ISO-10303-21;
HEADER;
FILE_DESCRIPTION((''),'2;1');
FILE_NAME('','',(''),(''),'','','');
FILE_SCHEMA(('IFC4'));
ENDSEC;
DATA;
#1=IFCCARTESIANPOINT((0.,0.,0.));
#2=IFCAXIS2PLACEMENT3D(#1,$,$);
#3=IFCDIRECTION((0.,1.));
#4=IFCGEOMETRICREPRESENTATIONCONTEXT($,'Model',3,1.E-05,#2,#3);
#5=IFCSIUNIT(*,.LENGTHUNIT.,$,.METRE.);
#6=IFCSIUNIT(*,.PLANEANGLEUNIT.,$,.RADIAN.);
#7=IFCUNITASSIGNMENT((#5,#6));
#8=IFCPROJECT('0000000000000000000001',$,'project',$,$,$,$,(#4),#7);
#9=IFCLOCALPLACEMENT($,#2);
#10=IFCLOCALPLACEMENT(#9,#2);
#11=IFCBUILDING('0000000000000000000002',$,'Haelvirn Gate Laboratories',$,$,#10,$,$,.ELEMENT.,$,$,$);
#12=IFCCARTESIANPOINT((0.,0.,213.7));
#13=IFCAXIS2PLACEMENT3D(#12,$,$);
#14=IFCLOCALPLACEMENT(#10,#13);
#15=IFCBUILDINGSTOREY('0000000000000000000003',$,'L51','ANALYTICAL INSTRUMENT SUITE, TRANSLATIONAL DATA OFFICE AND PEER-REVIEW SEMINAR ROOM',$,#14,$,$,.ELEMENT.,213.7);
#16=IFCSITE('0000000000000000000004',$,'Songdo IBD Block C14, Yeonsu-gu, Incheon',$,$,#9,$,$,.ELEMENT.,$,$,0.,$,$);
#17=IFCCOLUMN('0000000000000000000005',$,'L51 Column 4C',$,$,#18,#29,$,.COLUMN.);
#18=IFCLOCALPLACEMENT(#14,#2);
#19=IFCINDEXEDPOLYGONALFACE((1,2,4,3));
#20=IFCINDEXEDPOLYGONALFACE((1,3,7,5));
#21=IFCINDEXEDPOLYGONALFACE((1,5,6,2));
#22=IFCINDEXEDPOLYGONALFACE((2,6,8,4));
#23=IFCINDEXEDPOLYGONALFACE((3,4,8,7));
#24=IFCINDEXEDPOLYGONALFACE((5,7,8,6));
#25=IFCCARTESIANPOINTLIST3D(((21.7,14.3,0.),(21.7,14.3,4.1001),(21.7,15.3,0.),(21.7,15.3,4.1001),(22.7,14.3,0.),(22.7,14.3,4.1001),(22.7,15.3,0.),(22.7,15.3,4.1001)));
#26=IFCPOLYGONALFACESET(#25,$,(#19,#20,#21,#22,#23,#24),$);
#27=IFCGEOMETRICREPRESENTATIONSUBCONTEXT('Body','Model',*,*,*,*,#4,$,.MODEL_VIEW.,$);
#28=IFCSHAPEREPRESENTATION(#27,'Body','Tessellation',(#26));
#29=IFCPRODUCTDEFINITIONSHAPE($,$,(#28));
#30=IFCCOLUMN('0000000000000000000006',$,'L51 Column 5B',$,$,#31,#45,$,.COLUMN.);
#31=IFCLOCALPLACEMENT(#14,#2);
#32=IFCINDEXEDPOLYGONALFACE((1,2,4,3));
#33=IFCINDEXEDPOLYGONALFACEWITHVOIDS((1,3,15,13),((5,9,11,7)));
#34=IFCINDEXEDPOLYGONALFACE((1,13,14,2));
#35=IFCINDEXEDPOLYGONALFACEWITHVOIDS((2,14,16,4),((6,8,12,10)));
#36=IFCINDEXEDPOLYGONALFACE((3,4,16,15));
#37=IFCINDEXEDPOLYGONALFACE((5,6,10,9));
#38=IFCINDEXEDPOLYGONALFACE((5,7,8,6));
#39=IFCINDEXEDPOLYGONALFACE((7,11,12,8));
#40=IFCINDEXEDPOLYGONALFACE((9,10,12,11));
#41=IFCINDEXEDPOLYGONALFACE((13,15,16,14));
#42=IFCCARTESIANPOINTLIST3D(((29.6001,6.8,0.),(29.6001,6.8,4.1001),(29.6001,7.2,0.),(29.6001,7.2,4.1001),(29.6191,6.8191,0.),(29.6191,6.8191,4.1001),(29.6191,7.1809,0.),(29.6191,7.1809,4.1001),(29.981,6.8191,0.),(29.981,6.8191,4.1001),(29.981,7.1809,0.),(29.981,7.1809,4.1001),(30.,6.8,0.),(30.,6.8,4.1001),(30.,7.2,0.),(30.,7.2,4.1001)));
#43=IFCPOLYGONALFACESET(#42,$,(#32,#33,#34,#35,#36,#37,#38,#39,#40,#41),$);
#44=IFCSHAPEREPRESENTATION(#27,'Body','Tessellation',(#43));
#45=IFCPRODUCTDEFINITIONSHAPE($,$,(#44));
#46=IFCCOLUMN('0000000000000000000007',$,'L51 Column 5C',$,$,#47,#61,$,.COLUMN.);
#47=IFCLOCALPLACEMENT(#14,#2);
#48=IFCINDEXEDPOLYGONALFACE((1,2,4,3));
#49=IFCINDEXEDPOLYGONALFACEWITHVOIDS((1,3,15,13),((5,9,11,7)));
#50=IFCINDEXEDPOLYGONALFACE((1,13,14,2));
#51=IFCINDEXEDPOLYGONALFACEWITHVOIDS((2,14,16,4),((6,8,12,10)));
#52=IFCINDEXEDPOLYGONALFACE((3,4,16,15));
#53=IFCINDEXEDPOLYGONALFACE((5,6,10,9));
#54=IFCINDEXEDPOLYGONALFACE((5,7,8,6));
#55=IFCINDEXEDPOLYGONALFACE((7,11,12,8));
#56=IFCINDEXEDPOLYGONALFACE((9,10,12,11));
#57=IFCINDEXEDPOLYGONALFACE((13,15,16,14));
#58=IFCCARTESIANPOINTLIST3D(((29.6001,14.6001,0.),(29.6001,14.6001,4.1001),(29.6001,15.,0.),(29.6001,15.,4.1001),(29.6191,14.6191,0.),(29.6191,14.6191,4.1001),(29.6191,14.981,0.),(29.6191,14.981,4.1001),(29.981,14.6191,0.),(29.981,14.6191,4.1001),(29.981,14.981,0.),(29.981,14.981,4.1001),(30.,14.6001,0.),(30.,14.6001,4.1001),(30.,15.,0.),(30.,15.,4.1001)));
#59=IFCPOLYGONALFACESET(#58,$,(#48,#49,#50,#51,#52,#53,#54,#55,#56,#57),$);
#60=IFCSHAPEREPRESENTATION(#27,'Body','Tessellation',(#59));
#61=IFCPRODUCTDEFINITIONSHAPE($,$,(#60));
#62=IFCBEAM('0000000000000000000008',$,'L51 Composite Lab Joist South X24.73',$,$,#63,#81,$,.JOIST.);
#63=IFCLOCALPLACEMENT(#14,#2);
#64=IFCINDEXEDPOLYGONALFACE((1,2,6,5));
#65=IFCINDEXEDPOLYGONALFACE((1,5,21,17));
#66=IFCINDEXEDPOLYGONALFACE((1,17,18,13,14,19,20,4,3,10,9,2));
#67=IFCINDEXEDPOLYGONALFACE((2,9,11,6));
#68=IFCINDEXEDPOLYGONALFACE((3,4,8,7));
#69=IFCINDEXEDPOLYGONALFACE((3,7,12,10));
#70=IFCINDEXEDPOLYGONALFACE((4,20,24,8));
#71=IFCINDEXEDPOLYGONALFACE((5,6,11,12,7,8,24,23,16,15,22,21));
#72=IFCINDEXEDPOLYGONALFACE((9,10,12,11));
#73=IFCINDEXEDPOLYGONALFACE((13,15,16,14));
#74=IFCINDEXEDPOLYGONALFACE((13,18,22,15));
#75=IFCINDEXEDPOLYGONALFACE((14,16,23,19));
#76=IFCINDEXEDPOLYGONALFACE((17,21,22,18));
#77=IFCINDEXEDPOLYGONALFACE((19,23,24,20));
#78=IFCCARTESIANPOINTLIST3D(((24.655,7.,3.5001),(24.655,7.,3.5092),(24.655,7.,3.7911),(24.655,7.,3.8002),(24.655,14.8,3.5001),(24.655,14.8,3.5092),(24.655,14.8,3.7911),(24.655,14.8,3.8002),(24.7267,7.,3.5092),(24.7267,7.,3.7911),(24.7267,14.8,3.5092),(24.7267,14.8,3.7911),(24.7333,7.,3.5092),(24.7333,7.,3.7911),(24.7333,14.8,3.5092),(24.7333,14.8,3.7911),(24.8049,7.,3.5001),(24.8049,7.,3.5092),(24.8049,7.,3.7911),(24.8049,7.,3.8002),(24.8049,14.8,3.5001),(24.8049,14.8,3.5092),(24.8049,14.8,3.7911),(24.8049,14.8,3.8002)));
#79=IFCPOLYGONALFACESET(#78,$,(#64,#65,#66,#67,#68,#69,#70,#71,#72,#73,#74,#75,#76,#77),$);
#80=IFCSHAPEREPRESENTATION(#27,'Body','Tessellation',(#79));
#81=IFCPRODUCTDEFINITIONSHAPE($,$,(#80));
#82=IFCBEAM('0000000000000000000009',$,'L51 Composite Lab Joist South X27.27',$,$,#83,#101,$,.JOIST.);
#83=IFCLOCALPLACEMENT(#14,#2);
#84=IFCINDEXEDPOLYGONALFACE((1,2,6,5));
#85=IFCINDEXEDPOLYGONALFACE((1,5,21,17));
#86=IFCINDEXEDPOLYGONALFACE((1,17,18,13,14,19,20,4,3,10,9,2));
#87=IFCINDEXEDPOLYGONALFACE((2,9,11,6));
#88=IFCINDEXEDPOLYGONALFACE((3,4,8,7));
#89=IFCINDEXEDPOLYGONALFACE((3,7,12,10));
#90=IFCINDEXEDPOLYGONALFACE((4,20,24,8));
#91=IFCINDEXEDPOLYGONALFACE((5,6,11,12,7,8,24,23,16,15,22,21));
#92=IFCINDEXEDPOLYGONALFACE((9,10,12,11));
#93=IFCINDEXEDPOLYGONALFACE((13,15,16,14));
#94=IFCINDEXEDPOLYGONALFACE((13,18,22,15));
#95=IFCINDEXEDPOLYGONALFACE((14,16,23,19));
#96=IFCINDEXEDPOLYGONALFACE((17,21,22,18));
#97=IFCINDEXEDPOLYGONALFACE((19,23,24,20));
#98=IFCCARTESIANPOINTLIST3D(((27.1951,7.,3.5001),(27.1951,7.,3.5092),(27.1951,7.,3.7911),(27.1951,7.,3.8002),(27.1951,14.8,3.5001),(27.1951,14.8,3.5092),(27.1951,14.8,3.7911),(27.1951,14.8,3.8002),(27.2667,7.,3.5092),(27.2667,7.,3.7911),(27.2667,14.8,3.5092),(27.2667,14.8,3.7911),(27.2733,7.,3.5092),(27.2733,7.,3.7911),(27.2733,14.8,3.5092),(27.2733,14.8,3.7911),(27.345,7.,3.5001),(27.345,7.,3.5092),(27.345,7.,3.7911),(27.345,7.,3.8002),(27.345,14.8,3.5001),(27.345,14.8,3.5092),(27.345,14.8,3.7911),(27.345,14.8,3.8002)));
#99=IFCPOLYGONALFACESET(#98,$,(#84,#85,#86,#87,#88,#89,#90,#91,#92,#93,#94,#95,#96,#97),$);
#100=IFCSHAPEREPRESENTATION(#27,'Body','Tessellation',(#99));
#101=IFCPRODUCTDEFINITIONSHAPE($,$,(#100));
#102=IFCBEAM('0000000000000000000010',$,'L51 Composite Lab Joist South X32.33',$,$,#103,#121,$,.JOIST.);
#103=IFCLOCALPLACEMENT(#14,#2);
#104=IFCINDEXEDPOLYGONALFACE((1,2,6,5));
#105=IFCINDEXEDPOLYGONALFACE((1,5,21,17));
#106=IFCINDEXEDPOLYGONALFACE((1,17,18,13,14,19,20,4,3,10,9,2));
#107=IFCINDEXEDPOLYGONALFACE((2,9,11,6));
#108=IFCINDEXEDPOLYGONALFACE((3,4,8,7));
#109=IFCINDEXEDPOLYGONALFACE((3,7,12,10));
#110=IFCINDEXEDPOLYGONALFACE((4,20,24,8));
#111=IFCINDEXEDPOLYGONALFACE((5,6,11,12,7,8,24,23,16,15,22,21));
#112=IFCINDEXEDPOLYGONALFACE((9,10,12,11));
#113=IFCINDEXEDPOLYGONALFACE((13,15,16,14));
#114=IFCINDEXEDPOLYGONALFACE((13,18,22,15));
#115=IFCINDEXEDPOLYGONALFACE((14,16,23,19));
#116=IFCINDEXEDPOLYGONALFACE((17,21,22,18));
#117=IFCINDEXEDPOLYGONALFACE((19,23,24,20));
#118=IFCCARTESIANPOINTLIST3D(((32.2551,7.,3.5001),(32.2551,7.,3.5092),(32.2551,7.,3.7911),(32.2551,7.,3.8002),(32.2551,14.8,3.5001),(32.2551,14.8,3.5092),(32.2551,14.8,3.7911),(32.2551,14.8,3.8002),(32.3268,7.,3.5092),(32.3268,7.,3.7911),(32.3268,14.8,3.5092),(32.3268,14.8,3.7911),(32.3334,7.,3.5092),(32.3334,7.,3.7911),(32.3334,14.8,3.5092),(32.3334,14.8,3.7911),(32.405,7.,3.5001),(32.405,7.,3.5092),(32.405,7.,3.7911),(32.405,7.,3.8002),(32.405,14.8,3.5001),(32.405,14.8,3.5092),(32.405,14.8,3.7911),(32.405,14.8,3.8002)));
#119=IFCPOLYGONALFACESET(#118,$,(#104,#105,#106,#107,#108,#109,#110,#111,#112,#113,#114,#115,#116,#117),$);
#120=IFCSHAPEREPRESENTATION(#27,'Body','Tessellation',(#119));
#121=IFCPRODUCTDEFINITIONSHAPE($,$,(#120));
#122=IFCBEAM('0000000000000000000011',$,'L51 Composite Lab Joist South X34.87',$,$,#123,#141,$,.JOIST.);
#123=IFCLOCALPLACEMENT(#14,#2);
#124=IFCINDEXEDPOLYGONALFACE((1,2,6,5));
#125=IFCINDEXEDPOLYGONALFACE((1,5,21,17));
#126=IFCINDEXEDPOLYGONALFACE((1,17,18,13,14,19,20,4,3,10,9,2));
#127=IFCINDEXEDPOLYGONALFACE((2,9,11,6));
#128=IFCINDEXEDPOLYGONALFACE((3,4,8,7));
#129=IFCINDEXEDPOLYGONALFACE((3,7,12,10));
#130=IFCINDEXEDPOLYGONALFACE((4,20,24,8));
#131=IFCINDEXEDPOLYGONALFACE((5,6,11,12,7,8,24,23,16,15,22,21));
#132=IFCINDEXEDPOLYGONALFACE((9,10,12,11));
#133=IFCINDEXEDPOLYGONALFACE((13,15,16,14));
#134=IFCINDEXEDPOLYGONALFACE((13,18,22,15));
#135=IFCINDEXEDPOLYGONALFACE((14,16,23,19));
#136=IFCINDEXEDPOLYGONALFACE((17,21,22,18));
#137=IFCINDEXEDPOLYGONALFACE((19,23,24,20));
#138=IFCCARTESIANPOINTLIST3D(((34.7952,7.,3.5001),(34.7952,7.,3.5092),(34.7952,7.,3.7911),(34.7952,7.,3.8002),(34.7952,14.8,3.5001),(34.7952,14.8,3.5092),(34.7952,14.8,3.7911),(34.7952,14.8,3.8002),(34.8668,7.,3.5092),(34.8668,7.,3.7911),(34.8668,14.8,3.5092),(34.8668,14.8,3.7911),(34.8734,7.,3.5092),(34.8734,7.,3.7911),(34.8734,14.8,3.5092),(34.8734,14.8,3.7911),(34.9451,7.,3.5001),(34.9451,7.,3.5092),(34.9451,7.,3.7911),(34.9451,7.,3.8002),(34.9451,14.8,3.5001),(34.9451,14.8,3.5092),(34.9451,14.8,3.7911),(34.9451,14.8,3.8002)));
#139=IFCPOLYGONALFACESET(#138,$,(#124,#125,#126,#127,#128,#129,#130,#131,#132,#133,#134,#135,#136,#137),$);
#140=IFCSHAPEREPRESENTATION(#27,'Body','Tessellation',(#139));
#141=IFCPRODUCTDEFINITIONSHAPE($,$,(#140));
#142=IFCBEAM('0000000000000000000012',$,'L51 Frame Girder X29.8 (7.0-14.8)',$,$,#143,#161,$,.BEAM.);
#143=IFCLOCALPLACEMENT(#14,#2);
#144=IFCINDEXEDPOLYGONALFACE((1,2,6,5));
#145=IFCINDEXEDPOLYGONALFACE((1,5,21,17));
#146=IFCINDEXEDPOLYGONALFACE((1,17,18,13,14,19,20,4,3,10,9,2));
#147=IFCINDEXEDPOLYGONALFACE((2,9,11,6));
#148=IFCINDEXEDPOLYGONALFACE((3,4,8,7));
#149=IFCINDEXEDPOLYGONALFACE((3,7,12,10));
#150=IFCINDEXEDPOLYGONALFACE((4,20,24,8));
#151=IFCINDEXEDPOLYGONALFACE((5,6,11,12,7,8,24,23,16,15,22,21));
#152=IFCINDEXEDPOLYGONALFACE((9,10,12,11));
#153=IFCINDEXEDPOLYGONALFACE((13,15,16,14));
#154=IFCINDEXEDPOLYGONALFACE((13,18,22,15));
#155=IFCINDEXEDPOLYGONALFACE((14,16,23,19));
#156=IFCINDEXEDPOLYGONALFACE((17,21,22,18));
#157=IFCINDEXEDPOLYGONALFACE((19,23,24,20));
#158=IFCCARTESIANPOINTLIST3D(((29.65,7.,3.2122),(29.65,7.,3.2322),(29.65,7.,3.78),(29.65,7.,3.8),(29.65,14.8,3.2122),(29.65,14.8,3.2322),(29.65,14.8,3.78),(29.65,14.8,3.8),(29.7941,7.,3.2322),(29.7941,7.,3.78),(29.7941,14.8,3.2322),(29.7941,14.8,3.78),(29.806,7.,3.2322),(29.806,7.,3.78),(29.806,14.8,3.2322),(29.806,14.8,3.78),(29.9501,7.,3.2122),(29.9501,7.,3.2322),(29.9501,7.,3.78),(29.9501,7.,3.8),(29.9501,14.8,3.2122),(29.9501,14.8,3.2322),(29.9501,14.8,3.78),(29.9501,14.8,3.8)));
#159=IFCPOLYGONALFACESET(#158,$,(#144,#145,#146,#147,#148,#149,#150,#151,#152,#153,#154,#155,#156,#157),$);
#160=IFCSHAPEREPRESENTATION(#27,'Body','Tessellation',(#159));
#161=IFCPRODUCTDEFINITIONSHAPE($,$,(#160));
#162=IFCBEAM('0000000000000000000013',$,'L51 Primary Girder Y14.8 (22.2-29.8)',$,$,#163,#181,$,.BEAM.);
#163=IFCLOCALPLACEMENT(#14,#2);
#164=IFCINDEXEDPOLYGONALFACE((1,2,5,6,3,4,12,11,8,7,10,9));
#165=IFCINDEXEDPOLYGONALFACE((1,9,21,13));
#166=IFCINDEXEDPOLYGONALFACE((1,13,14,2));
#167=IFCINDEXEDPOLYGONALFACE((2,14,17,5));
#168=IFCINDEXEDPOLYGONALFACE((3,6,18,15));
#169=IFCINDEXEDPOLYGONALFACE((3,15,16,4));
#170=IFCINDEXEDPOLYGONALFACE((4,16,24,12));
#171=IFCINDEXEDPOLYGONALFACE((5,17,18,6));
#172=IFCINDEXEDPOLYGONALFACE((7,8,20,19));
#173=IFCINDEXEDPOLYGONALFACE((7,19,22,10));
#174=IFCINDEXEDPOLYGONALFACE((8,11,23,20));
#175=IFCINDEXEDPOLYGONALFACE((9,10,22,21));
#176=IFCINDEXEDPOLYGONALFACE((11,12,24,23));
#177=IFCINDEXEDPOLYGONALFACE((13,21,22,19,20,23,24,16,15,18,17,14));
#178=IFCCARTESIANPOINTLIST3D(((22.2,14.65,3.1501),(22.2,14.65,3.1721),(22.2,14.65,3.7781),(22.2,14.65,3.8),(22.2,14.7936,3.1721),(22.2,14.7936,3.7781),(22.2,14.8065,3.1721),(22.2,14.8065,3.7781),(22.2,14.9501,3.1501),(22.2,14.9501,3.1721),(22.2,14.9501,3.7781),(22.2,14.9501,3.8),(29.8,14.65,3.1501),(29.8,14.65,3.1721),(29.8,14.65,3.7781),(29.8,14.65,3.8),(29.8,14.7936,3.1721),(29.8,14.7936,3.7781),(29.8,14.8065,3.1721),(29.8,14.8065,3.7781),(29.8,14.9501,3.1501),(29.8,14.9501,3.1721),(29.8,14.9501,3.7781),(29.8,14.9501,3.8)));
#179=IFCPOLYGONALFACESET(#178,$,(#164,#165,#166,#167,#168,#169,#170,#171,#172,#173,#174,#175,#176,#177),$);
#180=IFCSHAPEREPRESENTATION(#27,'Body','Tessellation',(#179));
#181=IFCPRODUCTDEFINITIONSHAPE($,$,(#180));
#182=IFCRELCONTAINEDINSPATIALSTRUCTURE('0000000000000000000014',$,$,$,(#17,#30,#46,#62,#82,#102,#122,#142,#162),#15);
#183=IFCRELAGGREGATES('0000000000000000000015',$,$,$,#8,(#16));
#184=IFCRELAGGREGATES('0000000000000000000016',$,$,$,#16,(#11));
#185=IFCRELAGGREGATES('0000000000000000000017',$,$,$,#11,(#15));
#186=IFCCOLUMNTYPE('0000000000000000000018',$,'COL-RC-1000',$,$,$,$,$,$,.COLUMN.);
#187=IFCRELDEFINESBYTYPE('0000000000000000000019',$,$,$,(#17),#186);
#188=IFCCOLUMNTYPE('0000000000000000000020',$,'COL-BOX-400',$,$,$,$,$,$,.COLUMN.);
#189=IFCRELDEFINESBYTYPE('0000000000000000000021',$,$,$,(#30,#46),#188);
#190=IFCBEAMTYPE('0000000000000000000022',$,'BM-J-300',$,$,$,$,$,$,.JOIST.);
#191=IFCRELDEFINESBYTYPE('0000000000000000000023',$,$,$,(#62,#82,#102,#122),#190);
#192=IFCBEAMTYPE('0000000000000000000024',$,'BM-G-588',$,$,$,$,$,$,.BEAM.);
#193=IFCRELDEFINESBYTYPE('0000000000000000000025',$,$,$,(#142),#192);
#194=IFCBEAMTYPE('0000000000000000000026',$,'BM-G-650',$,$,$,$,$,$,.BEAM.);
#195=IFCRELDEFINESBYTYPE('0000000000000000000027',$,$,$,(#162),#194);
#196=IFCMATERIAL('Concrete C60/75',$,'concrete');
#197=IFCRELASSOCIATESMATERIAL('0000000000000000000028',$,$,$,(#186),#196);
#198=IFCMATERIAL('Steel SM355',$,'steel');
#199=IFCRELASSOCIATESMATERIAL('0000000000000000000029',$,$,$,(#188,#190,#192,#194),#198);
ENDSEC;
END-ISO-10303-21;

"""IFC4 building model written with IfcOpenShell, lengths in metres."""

from ifc_helpers import new_model, si_unit, direction, frame, origin, origin_2d, place, context, subcontext, project, spatial, rectangle, hollow_rectangle, i_section, extrude, source, transform, mapped, material, material_profile, profile_set, type_object, type_shapes, element, save


model = new_model("IFC4")

# Units and contexts
model_context = context("Model", 3, precision=1e-05, world=origin(), true_north=direction((0.0, 1.0)))
body_context = subcontext(model_context, "Body", "Model", "MODEL_VIEW")
ifc_project = project(units=[si_unit("LENGTHUNIT", "METRE"), si_unit("PLANEANGLEUNIT", "RADIAN")], contexts=[model_context])

# Site, building, storey
site_placement = place(None, origin())
site = spatial("IfcSite", under=ifc_project, at=site_placement, Name="Songdo IBD Block C14, Yeonsu-gu, Incheon", CompositionType="ELEMENT", RefElevation=0.0)
building_placement = place(site_placement, origin())
building = spatial("IfcBuilding", under=site, at=building_placement, Name="Haelvirn Gate Laboratories", CompositionType="ELEMENT")
storey_placement = place(building_placement, frame((0.0, 0.0, 213.7)))
storey = spatial("IfcBuildingStorey", under=building, at=storey_placement, Name="L51", Description="ANALYTICAL INSTRUMENT SUITE, TRANSLATIONAL DATA OFFICE AND PEER-REVIEW SEMINAR ROOM", CompositionType="ELEMENT", Elevation=213.7)

# Columns
ifc_material_1 = material(Name="Concrete C60/75", Category="concrete")
ifc_material_profile_1 = material_profile(ifc_material_1, rectangle(XDim=1.0, YDim=1.0, at=origin_2d()), Name="RC-1000x1000")
ifc_profile_set_1 = profile_set([ifc_material_profile_1], Name="Concrete C60/75")
column_type_1 = type_object("IfcColumnType", Name="COL-RC-1000", PredefinedType="COLUMN", material=ifc_profile_set_1)
shared_shape_1 = source(origin(), body_context, "Body", "SweptSolid", [
    extrude(rectangle(XDim=1.0, YDim=1.0, at=origin_2d()), origin(), (0.0, 0.0, 1.0), 4.1001),
])
type_shapes(column_type_1, [shared_shape_1])
column_placement = place(storey_placement, frame((22.2, 14.8, 0.0), z_axis=(0.0, 0.0, 1.0), x_axis=(1.0, 0.0, 0.0)))
element("IfcColumn", 1, at=column_placement, inside=storey, type_object=column_type_1, Name="L51 Column 4C", PredefinedType="COLUMN", context=body_context, shape_type="MappedRepresentation", body=[
    mapped(shared_shape_1, transform((0.0, 0.0, 0.0), scale=1.0)),
])
ifc_material_2 = material(Name="Steel SM355", Category="steel")
ifc_material_profile_2 = material_profile(ifc_material_2, hollow_rectangle(XDim=0.3999, YDim=0.3999, WallThickness=0.019, at=origin_2d()), Name="BOX-400x400x19")
ifc_profile_set_2 = profile_set([ifc_material_profile_2], Name="Steel SM355")
column_type_2 = type_object("IfcColumnType", Name="COL-BOX-400", PredefinedType="COLUMN", material=ifc_profile_set_2)
shared_shape_2 = source(origin(), body_context, "Body", "SweptSolid", [
    extrude(hollow_rectangle(XDim=0.3999, YDim=0.3999, WallThickness=0.019, at=origin_2d()), origin(), (0.0, 0.0, 1.0), 4.1001),
])
type_shapes(column_type_2, [shared_shape_2])
for number, where, z_axis, x_axis, name in (
    (2, (29.8, 7.0, 0.0), (0.0, 0.0, 1.0), (1.0, 0.0, 0.0), "L51 Column 5B"),
    (3, (29.8, 14.8, 0.0), (0.0, 0.0, 1.0), (1.0, 0.0, 0.0), "L51 Column 5C"),
):
    element("IfcColumn", number, at=place(storey_placement, frame(where, z_axis=z_axis, x_axis=x_axis)), inside=storey, type_object=column_type_2, Name=name, PredefinedType="COLUMN", context=body_context, shape_type="MappedRepresentation", body=[
        mapped(shared_shape_2, transform((0.0, 0.0, 0.0), scale=1.0)),
    ])

# Beams
ifc_material_profile_3 = material_profile(ifc_material_2, i_section(OverallWidth=0.1499, OverallDepth=0.3, WebThickness=0.0066, FlangeThickness=0.009, at=origin_2d()), Name="H-300x150x6.5x9")
ifc_profile_set_3 = profile_set([ifc_material_profile_3], Name="Steel SM355")
beam_type_1 = type_object("IfcBeamType", Name="BM-J-300", PredefinedType="JOIST", material=ifc_profile_set_3)
shared_shape_3 = source(origin(), body_context, "Body", "SweptSolid", [
    extrude(i_section(OverallWidth=0.1499, OverallDepth=0.3, WebThickness=0.0066, FlangeThickness=0.009, at=origin_2d()), origin(), (0.0, 0.0, 1.0), 7.8),
])
type_shapes(beam_type_1, [shared_shape_3])
for number, where, z_axis, x_axis, name in (
    (4, (24.73, 7.0, 3.6501), (0.0, 1.0, 0.0), (-1.0, 0.0, 0.0), "L51 Composite Lab Joist South X24.73"),
    (5, (27.27, 7.0, 3.6501), (0.0, 1.0, 0.0), (-1.0, 0.0, 0.0), "L51 Composite Lab Joist South X27.27"),
    (6, (32.3301, 7.0, 3.6501), (0.0, 1.0, 0.0), (-1.0, 0.0, 0.0), "L51 Composite Lab Joist South X32.33"),
    (7, (34.8701, 7.0, 3.6501), (0.0, 1.0, 0.0), (-1.0, 0.0, 0.0), "L51 Composite Lab Joist South X34.87"),
):
    element("IfcBeam", number, at=place(storey_placement, frame(where, z_axis=z_axis, x_axis=x_axis)), inside=storey, type_object=beam_type_1, Name=name, PredefinedType="JOIST", context=body_context, shape_type="MappedRepresentation", body=[
        mapped(shared_shape_3, transform((0.0, 0.0, 0.0), scale=1.0)),
    ])
ifc_material_profile_4 = material_profile(ifc_material_2, i_section(OverallWidth=0.3, OverallDepth=0.5879, WebThickness=0.012, FlangeThickness=0.02, at=origin_2d()), Name="H-588x300x12x20")
ifc_profile_set_4 = profile_set([ifc_material_profile_4], Name="Steel SM355")
beam_type_2 = type_object("IfcBeamType", Name="BM-G-588", PredefinedType="BEAM", material=ifc_profile_set_4)
shared_shape_4 = source(origin(), body_context, "Body", "SweptSolid", [
    extrude(i_section(OverallWidth=0.3, OverallDepth=0.5879, WebThickness=0.012, FlangeThickness=0.02, at=origin_2d()), origin(), (0.0, 0.0, 1.0), 7.8),
])
type_shapes(beam_type_2, [shared_shape_4])
beam_1_placement = place(storey_placement, frame((29.8, 7.0, 3.5061), z_axis=(0.0, 1.0, 0.0), x_axis=(-1.0, 0.0, 0.0)))
element("IfcBeam", 8, at=beam_1_placement, inside=storey, type_object=beam_type_2, Name="L51 Frame Girder X29.8 (7.0-14.8)", PredefinedType="BEAM", context=body_context, shape_type="MappedRepresentation", body=[
    mapped(shared_shape_4, transform((0.0, 0.0, 0.0), scale=1.0)),
])
ifc_material_profile_5 = material_profile(ifc_material_2, i_section(OverallWidth=0.3, OverallDepth=0.6499, WebThickness=0.0129, FlangeThickness=0.022, at=origin_2d()), Name="H-650x300x13x22")
ifc_profile_set_5 = profile_set([ifc_material_profile_5], Name="Steel SM355")
beam_type_3 = type_object("IfcBeamType", Name="BM-G-650", PredefinedType="BEAM", material=ifc_profile_set_5)
shared_shape_5 = source(origin(), body_context, "Body", "SweptSolid", [
    extrude(i_section(OverallWidth=0.3, OverallDepth=0.6499, WebThickness=0.0129, FlangeThickness=0.022, at=origin_2d()), origin(), (0.0, 0.0, 1.0), 7.6001),
])
beam_2_placement = place(storey_placement, frame((22.2, 14.8, 3.4751), z_axis=(1.0, 0.0, 0.0), x_axis=(0.0, 1.0, 0.0)))
element("IfcBeam", 9, at=beam_2_placement, inside=storey, type_object=beam_type_3, Name="L51 Primary Girder Y14.8 (22.2-29.8)", PredefinedType="BEAM", context=body_context, shape_type="MappedRepresentation", body=[
    mapped(shared_shape_5, transform((0.0, 0.0, 0.0), scale=1.0)),
])

save(model, "model.ifc")
